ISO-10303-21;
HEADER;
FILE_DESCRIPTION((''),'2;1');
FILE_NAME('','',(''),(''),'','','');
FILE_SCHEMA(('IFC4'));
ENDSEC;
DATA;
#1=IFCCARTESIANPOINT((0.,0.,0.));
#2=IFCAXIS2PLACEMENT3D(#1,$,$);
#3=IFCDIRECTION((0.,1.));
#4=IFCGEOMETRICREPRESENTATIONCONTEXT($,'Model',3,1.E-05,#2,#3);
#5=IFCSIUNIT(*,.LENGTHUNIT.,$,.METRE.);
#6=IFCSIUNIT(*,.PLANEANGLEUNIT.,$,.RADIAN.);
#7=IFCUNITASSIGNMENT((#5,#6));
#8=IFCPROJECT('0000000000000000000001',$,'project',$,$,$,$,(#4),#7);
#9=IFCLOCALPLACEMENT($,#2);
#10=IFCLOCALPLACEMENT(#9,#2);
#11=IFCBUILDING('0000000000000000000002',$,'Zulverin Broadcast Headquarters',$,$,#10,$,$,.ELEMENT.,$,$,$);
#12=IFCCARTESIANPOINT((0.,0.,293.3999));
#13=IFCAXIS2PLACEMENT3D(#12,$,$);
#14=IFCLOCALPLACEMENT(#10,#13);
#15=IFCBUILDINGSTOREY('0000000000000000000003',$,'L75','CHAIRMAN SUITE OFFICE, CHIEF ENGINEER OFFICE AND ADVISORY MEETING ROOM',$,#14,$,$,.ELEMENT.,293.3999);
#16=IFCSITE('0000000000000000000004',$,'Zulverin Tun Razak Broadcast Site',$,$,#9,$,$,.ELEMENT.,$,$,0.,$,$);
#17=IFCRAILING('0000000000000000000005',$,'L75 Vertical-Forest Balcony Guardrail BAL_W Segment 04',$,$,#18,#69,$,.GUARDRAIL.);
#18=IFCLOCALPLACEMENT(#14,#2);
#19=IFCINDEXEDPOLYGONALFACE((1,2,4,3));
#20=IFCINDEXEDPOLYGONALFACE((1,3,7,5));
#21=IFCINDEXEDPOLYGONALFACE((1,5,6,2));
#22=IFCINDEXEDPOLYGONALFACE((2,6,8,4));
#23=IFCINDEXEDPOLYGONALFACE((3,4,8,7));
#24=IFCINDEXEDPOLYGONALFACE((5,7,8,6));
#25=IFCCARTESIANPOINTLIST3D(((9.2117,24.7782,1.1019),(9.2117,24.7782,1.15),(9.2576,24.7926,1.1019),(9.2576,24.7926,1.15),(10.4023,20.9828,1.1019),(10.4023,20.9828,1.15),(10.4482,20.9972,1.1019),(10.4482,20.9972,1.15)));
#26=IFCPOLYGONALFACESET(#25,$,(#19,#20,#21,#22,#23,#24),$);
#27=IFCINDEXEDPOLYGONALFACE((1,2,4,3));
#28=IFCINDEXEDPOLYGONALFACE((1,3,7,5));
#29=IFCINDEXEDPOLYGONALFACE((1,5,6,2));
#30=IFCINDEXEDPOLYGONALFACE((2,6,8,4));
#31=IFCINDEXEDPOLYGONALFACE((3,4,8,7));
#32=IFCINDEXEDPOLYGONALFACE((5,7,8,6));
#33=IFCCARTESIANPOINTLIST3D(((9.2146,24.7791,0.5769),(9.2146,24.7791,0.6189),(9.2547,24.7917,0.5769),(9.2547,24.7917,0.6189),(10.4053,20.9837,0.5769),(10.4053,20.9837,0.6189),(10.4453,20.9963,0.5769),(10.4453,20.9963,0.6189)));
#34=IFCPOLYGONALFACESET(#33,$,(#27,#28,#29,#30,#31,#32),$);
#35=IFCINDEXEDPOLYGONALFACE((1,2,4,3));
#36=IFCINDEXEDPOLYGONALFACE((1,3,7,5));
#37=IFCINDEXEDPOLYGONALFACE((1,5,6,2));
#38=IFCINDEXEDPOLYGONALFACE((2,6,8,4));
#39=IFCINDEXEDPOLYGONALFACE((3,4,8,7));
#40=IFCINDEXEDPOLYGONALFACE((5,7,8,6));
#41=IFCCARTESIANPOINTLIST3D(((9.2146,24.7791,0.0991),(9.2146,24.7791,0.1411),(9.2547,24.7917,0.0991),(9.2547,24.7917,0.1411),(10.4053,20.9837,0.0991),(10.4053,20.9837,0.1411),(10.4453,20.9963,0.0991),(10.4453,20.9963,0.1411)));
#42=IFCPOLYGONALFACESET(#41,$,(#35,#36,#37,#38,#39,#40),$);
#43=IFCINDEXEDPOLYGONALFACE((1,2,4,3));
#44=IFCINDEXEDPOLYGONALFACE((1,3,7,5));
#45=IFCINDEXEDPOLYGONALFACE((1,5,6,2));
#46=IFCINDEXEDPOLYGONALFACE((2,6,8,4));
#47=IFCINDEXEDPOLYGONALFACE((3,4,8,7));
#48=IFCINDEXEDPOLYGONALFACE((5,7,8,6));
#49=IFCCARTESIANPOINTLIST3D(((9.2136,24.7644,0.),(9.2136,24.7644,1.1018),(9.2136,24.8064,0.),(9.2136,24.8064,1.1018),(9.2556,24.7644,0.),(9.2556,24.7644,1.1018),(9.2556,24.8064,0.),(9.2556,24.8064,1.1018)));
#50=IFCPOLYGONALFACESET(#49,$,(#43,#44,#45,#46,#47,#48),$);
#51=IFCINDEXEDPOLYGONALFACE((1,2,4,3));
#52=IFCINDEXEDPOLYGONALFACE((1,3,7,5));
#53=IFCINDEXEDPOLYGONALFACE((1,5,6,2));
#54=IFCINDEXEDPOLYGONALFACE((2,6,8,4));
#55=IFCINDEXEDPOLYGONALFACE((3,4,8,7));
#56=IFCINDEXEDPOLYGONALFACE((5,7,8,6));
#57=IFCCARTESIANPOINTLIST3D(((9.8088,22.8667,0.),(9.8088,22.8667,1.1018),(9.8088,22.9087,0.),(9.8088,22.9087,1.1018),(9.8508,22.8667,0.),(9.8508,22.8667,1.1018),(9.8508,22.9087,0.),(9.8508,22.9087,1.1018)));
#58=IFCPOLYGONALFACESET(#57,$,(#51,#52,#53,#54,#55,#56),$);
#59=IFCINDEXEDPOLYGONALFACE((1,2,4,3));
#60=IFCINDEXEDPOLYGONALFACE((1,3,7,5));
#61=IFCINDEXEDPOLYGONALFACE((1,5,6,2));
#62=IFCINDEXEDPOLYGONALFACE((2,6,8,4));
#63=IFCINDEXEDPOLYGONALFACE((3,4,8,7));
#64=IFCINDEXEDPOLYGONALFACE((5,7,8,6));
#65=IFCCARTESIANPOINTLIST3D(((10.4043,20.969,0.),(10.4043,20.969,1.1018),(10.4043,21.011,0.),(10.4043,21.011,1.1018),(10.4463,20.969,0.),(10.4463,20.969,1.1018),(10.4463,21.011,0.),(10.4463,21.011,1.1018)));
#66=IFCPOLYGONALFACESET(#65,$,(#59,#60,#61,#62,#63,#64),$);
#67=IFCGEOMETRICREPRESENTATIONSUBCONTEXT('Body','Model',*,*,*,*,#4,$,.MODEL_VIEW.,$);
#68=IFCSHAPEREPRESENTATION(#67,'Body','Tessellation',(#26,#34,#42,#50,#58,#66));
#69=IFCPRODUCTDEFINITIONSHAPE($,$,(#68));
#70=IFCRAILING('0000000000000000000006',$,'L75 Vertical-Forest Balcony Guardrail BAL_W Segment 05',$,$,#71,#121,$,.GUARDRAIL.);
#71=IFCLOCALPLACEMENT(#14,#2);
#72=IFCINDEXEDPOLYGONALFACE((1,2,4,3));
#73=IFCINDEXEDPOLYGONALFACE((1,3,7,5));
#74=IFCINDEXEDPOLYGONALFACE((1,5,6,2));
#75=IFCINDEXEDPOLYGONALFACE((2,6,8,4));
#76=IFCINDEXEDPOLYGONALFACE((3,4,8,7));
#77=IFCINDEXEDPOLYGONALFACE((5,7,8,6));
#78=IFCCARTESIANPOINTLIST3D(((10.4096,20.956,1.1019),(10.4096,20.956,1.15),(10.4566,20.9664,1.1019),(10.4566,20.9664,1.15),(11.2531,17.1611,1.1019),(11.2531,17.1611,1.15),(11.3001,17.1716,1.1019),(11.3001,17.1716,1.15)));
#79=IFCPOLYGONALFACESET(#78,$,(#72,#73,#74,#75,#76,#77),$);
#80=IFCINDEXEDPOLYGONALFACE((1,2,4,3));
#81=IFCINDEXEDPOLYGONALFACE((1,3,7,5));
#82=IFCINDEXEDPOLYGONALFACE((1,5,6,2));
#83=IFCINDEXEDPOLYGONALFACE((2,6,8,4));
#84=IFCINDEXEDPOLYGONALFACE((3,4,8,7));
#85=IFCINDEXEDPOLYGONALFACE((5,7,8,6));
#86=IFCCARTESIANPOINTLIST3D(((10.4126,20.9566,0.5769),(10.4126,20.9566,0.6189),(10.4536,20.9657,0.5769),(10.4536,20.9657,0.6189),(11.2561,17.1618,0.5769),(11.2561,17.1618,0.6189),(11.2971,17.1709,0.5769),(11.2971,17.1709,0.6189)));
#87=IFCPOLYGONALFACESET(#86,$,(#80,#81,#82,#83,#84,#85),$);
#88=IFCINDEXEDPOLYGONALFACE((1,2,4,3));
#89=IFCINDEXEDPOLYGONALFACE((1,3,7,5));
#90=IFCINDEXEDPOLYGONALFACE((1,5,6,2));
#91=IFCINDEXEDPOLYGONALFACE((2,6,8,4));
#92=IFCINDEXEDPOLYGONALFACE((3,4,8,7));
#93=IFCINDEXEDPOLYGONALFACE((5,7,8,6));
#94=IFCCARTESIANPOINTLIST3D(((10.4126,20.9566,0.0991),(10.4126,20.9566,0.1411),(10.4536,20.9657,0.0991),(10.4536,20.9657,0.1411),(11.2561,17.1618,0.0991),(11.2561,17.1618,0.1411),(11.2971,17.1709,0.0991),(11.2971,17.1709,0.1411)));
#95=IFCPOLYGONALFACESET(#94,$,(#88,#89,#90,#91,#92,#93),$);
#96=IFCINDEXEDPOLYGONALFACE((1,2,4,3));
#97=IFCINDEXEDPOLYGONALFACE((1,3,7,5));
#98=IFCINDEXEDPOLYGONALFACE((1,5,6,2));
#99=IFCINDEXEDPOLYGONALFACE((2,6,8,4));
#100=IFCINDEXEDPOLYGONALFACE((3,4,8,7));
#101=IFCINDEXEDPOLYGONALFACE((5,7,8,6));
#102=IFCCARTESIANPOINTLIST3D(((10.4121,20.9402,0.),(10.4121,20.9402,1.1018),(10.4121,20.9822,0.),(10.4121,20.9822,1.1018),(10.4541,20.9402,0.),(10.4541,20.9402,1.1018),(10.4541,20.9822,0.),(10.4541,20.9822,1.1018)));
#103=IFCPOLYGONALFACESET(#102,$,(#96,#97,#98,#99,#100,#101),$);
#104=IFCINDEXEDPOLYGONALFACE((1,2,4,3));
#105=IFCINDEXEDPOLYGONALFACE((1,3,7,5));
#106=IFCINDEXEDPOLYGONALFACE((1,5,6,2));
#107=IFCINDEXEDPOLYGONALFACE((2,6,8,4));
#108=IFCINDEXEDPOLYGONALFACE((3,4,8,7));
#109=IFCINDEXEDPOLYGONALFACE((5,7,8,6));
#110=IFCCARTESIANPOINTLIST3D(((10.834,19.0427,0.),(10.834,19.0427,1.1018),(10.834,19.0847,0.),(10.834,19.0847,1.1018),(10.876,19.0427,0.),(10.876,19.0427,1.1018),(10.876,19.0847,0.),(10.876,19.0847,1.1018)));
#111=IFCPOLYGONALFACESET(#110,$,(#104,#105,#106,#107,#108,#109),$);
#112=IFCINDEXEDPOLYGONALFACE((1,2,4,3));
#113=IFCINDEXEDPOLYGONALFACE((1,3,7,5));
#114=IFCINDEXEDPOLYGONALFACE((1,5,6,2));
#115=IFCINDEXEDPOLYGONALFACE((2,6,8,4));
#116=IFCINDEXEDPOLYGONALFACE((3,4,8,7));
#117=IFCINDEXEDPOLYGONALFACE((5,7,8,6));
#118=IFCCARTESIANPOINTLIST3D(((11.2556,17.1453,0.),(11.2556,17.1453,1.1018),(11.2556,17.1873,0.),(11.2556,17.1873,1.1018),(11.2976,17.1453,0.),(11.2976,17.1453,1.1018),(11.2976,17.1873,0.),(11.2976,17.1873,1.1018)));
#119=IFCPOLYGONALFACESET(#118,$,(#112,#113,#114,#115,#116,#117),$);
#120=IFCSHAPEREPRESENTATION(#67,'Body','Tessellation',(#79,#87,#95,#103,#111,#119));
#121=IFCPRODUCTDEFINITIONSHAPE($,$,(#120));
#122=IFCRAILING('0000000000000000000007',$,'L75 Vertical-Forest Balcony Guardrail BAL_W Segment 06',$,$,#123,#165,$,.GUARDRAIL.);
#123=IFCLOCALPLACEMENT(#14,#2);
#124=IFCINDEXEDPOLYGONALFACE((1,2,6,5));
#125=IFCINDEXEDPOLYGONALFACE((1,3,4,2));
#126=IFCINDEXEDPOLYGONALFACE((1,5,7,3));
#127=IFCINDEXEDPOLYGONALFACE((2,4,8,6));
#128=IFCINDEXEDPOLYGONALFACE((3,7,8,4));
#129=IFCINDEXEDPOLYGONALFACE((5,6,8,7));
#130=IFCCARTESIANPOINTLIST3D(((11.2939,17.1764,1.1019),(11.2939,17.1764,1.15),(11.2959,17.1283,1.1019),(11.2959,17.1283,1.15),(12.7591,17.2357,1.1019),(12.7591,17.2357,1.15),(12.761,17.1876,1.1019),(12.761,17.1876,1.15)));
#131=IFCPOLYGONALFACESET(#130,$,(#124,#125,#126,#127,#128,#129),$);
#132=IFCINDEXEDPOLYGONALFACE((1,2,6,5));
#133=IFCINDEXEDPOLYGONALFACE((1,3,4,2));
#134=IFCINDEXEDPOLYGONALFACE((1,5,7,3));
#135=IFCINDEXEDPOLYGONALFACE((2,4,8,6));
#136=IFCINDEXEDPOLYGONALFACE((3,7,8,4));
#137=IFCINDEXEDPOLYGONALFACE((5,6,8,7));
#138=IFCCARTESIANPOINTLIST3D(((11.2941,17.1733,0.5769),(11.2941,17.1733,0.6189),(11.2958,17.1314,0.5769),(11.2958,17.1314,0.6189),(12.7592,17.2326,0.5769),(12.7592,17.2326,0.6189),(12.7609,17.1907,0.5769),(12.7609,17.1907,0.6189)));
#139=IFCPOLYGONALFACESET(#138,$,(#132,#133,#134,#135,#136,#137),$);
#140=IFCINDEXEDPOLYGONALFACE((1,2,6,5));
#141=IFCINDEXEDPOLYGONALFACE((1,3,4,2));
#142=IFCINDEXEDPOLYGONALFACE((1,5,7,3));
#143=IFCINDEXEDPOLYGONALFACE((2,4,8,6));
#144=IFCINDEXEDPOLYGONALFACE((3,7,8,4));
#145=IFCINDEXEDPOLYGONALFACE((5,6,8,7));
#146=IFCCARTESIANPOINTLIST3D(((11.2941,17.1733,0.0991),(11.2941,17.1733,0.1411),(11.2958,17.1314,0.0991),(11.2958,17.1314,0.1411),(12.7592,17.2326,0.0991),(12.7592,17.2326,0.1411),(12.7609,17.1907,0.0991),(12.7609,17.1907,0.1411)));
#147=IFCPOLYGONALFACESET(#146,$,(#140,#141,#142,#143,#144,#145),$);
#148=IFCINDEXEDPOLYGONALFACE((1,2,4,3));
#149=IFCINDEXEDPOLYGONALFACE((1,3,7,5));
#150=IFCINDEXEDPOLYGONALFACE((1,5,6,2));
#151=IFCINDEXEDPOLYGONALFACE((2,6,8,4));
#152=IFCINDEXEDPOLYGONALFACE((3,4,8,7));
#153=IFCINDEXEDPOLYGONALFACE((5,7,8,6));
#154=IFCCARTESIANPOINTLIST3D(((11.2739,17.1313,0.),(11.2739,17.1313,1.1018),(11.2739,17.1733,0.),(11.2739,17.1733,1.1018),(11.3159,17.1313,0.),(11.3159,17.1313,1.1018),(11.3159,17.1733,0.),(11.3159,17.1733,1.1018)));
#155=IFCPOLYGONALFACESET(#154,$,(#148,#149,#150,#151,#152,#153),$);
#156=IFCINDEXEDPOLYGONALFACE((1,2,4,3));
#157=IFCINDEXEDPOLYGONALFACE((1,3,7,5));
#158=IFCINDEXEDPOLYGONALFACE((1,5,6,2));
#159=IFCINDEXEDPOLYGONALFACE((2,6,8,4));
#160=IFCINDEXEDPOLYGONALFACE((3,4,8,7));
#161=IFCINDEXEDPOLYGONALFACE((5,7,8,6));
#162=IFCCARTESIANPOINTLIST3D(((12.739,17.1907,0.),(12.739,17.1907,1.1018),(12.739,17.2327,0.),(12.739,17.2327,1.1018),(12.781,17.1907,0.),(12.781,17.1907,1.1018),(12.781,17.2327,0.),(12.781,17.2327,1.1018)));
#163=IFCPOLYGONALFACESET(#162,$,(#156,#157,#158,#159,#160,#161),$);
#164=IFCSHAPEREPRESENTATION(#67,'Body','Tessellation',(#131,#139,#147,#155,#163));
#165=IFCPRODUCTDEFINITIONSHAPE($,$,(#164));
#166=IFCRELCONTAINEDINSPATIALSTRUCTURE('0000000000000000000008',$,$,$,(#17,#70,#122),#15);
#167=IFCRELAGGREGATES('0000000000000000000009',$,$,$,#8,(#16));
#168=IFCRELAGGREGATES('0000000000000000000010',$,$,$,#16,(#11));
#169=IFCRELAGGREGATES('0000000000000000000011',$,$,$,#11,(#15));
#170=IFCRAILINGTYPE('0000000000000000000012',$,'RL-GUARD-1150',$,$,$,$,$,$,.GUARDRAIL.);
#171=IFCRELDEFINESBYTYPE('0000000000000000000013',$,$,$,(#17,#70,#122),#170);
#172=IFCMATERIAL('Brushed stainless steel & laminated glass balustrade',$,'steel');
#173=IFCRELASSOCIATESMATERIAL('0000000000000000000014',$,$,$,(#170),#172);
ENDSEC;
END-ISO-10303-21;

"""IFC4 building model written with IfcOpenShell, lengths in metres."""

from ifc_helpers import new_model, si_unit, direction, frame, origin, origin_2d, place, context, subcontext, project, spatial, rectangle, extrude, material, type_object, element, save


model = new_model("IFC4")

# Units and contexts
model_context = context("Model", 3, precision=1e-05, world=origin(), true_north=direction((0.0, 1.0)))
body_context = subcontext(model_context, "Body", "Model", "MODEL_VIEW")
ifc_project = project(units=[si_unit("LENGTHUNIT", "METRE"), si_unit("PLANEANGLEUNIT", "RADIAN")], contexts=[model_context])

# Site, building, storey
site_placement = place(None, origin())
site = spatial("IfcSite", under=ifc_project, at=site_placement, Name="Zulverin Tun Razak Broadcast Site", CompositionType="ELEMENT", RefElevation=0.0)
building_placement = place(site_placement, origin())
building = spatial("IfcBuilding", under=site, at=building_placement, Name="Zulverin Broadcast Headquarters", CompositionType="ELEMENT")
storey_placement = place(building_placement, frame((0.0, 0.0, 293.3999)))
storey = spatial("IfcBuildingStorey", under=building, at=storey_placement, Name="L75", Description="CHAIRMAN SUITE OFFICE, CHIEF ENGINEER OFFICE AND ADVISORY MEETING ROOM", CompositionType="ELEMENT", Elevation=293.3999)

# Railings
ifc_material_1 = material(Name="Brushed stainless steel & laminated glass balustrade", Category="steel")
railing_type = type_object("IfcRailingType", Name="RL-GUARD-1150", PredefinedType="GUARDRAIL", material=ifc_material_1)
railing_1_placement = place(storey_placement, frame((9.2346, 24.7854, 0.0)))
element("IfcRailing", 1, at=railing_1_placement, inside=storey, type_object=railing_type, Name="L75 Vertical-Forest Balcony Guardrail BAL_W Segment 04", PredefinedType="GUARDRAIL", context=body_context, shape_type="SweptSolid", body=[
    extrude(rectangle(XDim=0.0481, YDim=0.0481, at=origin_2d()), frame((0.0, 0.0, 1.126), z_axis=(0.29933, -0.95415, 0.0), x_axis=(0.95415, 0.29933, 0.0)), (0.0, 0.0, 1.0), 3.9778),
    extrude(rectangle(XDim=0.042, YDim=0.042, at=origin_2d()), frame((0.0, 0.0, 0.5979), z_axis=(0.29933, -0.95415, 0.0), x_axis=(0.95415, 0.29933, 0.0)), (0.0, 0.0, 1.0), 3.9778),
    extrude(rectangle(XDim=0.042, YDim=0.042, at=origin_2d()), frame((0.0, 0.0, 0.1201), z_axis=(0.29933, -0.95415, 0.0), x_axis=(0.95415, 0.29933, 0.0)), (0.0, 0.0, 1.0), 3.9778),
    extrude(rectangle(XDim=0.042, YDim=0.042, at=origin_2d()), origin(), (0.0, 0.0, 1.0), 1.1018),
    extrude(rectangle(XDim=0.042, YDim=0.042, at=origin_2d()), frame((0.5952, -1.8977, 0.0)), (0.0, 0.0, 1.0), 1.1018),
    extrude(rectangle(XDim=0.042, YDim=0.042, at=origin_2d()), frame((1.1907, -3.7954, 0.0)), (0.0, 0.0, 1.0), 1.1018),
])
railing_2_placement = place(storey_placement, frame((10.4331, 20.9612, 0.0)))
element("IfcRailing", 2, at=railing_2_placement, inside=storey, type_object=railing_type, Name="L75 Vertical-Forest Balcony Guardrail BAL_W Segment 05", PredefinedType="GUARDRAIL", context=body_context, shape_type="SweptSolid", body=[
    extrude(rectangle(XDim=0.0481, YDim=0.0481, at=origin_2d()), frame((0.0, 0.0, 1.126), z_axis=(0.216977, -0.976177, 0.0), x_axis=(0.976177, 0.216977, 0.0)), (0.0, 0.0, 1.0), 3.8875),
    extrude(rectangle(XDim=0.042, YDim=0.042, at=origin_2d()), frame((0.0, 0.0, 0.5979), z_axis=(0.216977, -0.976177, 0.0), x_axis=(0.976177, 0.216977, 0.0)), (0.0, 0.0, 1.0), 3.8875),
    extrude(rectangle(XDim=0.042, YDim=0.042, at=origin_2d()), frame((0.0, 0.0, 0.1201), z_axis=(0.216977, -0.976177, 0.0), x_axis=(0.976177, 0.216977, 0.0)), (0.0, 0.0, 1.0), 3.8875),
    extrude(rectangle(XDim=0.042, YDim=0.042, at=origin_2d()), origin(), (0.0, 0.0, 1.0), 1.1018),
    extrude(rectangle(XDim=0.042, YDim=0.042, at=origin_2d()), frame((0.4219, -1.8975, 0.0)), (0.0, 0.0, 1.0), 1.1018),
    extrude(rectangle(XDim=0.042, YDim=0.042, at=origin_2d()), frame((0.8435, -3.7949, 0.0)), (0.0, 0.0, 1.0), 1.1018),
])
railing_3_placement = place(storey_placement, frame((11.2949, 17.1523, 0.0)))
element("IfcRailing", 3, at=railing_3_placement, inside=storey, type_object=railing_type, Name="L75 Vertical-Forest Balcony Guardrail BAL_W Segment 06", PredefinedType="GUARDRAIL", context=body_context, shape_type="SweptSolid", body=[
    extrude(rectangle(XDim=0.0481, YDim=0.0481, at=origin_2d()), frame((0.0, 0.0, 1.126), z_axis=(0.999181, 0.04046, 0.0), x_axis=(-0.04046, 0.999181, 0.0)), (0.0, 0.0, 1.0), 1.4663),
    extrude(rectangle(XDim=0.042, YDim=0.042, at=origin_2d()), frame((0.0, 0.0, 0.5979), z_axis=(0.999181, 0.04046, 0.0), x_axis=(-0.04046, 0.999181, 0.0)), (0.0, 0.0, 1.0), 1.4663),
    extrude(rectangle(XDim=0.042, YDim=0.042, at=origin_2d()), frame((0.0, 0.0, 0.1201), z_axis=(0.999181, 0.04046, 0.0), x_axis=(-0.04046, 0.999181, 0.0)), (0.0, 0.0, 1.0), 1.4663),
    extrude(rectangle(XDim=0.042, YDim=0.042, at=origin_2d()), origin(), (0.0, 0.0, 1.0), 1.1018),
    extrude(rectangle(XDim=0.042, YDim=0.042, at=origin_2d()), frame((1.4651, 0.0593, 0.0)), (0.0, 0.0, 1.0), 1.1018),
])

save(model, "model.ifc")
